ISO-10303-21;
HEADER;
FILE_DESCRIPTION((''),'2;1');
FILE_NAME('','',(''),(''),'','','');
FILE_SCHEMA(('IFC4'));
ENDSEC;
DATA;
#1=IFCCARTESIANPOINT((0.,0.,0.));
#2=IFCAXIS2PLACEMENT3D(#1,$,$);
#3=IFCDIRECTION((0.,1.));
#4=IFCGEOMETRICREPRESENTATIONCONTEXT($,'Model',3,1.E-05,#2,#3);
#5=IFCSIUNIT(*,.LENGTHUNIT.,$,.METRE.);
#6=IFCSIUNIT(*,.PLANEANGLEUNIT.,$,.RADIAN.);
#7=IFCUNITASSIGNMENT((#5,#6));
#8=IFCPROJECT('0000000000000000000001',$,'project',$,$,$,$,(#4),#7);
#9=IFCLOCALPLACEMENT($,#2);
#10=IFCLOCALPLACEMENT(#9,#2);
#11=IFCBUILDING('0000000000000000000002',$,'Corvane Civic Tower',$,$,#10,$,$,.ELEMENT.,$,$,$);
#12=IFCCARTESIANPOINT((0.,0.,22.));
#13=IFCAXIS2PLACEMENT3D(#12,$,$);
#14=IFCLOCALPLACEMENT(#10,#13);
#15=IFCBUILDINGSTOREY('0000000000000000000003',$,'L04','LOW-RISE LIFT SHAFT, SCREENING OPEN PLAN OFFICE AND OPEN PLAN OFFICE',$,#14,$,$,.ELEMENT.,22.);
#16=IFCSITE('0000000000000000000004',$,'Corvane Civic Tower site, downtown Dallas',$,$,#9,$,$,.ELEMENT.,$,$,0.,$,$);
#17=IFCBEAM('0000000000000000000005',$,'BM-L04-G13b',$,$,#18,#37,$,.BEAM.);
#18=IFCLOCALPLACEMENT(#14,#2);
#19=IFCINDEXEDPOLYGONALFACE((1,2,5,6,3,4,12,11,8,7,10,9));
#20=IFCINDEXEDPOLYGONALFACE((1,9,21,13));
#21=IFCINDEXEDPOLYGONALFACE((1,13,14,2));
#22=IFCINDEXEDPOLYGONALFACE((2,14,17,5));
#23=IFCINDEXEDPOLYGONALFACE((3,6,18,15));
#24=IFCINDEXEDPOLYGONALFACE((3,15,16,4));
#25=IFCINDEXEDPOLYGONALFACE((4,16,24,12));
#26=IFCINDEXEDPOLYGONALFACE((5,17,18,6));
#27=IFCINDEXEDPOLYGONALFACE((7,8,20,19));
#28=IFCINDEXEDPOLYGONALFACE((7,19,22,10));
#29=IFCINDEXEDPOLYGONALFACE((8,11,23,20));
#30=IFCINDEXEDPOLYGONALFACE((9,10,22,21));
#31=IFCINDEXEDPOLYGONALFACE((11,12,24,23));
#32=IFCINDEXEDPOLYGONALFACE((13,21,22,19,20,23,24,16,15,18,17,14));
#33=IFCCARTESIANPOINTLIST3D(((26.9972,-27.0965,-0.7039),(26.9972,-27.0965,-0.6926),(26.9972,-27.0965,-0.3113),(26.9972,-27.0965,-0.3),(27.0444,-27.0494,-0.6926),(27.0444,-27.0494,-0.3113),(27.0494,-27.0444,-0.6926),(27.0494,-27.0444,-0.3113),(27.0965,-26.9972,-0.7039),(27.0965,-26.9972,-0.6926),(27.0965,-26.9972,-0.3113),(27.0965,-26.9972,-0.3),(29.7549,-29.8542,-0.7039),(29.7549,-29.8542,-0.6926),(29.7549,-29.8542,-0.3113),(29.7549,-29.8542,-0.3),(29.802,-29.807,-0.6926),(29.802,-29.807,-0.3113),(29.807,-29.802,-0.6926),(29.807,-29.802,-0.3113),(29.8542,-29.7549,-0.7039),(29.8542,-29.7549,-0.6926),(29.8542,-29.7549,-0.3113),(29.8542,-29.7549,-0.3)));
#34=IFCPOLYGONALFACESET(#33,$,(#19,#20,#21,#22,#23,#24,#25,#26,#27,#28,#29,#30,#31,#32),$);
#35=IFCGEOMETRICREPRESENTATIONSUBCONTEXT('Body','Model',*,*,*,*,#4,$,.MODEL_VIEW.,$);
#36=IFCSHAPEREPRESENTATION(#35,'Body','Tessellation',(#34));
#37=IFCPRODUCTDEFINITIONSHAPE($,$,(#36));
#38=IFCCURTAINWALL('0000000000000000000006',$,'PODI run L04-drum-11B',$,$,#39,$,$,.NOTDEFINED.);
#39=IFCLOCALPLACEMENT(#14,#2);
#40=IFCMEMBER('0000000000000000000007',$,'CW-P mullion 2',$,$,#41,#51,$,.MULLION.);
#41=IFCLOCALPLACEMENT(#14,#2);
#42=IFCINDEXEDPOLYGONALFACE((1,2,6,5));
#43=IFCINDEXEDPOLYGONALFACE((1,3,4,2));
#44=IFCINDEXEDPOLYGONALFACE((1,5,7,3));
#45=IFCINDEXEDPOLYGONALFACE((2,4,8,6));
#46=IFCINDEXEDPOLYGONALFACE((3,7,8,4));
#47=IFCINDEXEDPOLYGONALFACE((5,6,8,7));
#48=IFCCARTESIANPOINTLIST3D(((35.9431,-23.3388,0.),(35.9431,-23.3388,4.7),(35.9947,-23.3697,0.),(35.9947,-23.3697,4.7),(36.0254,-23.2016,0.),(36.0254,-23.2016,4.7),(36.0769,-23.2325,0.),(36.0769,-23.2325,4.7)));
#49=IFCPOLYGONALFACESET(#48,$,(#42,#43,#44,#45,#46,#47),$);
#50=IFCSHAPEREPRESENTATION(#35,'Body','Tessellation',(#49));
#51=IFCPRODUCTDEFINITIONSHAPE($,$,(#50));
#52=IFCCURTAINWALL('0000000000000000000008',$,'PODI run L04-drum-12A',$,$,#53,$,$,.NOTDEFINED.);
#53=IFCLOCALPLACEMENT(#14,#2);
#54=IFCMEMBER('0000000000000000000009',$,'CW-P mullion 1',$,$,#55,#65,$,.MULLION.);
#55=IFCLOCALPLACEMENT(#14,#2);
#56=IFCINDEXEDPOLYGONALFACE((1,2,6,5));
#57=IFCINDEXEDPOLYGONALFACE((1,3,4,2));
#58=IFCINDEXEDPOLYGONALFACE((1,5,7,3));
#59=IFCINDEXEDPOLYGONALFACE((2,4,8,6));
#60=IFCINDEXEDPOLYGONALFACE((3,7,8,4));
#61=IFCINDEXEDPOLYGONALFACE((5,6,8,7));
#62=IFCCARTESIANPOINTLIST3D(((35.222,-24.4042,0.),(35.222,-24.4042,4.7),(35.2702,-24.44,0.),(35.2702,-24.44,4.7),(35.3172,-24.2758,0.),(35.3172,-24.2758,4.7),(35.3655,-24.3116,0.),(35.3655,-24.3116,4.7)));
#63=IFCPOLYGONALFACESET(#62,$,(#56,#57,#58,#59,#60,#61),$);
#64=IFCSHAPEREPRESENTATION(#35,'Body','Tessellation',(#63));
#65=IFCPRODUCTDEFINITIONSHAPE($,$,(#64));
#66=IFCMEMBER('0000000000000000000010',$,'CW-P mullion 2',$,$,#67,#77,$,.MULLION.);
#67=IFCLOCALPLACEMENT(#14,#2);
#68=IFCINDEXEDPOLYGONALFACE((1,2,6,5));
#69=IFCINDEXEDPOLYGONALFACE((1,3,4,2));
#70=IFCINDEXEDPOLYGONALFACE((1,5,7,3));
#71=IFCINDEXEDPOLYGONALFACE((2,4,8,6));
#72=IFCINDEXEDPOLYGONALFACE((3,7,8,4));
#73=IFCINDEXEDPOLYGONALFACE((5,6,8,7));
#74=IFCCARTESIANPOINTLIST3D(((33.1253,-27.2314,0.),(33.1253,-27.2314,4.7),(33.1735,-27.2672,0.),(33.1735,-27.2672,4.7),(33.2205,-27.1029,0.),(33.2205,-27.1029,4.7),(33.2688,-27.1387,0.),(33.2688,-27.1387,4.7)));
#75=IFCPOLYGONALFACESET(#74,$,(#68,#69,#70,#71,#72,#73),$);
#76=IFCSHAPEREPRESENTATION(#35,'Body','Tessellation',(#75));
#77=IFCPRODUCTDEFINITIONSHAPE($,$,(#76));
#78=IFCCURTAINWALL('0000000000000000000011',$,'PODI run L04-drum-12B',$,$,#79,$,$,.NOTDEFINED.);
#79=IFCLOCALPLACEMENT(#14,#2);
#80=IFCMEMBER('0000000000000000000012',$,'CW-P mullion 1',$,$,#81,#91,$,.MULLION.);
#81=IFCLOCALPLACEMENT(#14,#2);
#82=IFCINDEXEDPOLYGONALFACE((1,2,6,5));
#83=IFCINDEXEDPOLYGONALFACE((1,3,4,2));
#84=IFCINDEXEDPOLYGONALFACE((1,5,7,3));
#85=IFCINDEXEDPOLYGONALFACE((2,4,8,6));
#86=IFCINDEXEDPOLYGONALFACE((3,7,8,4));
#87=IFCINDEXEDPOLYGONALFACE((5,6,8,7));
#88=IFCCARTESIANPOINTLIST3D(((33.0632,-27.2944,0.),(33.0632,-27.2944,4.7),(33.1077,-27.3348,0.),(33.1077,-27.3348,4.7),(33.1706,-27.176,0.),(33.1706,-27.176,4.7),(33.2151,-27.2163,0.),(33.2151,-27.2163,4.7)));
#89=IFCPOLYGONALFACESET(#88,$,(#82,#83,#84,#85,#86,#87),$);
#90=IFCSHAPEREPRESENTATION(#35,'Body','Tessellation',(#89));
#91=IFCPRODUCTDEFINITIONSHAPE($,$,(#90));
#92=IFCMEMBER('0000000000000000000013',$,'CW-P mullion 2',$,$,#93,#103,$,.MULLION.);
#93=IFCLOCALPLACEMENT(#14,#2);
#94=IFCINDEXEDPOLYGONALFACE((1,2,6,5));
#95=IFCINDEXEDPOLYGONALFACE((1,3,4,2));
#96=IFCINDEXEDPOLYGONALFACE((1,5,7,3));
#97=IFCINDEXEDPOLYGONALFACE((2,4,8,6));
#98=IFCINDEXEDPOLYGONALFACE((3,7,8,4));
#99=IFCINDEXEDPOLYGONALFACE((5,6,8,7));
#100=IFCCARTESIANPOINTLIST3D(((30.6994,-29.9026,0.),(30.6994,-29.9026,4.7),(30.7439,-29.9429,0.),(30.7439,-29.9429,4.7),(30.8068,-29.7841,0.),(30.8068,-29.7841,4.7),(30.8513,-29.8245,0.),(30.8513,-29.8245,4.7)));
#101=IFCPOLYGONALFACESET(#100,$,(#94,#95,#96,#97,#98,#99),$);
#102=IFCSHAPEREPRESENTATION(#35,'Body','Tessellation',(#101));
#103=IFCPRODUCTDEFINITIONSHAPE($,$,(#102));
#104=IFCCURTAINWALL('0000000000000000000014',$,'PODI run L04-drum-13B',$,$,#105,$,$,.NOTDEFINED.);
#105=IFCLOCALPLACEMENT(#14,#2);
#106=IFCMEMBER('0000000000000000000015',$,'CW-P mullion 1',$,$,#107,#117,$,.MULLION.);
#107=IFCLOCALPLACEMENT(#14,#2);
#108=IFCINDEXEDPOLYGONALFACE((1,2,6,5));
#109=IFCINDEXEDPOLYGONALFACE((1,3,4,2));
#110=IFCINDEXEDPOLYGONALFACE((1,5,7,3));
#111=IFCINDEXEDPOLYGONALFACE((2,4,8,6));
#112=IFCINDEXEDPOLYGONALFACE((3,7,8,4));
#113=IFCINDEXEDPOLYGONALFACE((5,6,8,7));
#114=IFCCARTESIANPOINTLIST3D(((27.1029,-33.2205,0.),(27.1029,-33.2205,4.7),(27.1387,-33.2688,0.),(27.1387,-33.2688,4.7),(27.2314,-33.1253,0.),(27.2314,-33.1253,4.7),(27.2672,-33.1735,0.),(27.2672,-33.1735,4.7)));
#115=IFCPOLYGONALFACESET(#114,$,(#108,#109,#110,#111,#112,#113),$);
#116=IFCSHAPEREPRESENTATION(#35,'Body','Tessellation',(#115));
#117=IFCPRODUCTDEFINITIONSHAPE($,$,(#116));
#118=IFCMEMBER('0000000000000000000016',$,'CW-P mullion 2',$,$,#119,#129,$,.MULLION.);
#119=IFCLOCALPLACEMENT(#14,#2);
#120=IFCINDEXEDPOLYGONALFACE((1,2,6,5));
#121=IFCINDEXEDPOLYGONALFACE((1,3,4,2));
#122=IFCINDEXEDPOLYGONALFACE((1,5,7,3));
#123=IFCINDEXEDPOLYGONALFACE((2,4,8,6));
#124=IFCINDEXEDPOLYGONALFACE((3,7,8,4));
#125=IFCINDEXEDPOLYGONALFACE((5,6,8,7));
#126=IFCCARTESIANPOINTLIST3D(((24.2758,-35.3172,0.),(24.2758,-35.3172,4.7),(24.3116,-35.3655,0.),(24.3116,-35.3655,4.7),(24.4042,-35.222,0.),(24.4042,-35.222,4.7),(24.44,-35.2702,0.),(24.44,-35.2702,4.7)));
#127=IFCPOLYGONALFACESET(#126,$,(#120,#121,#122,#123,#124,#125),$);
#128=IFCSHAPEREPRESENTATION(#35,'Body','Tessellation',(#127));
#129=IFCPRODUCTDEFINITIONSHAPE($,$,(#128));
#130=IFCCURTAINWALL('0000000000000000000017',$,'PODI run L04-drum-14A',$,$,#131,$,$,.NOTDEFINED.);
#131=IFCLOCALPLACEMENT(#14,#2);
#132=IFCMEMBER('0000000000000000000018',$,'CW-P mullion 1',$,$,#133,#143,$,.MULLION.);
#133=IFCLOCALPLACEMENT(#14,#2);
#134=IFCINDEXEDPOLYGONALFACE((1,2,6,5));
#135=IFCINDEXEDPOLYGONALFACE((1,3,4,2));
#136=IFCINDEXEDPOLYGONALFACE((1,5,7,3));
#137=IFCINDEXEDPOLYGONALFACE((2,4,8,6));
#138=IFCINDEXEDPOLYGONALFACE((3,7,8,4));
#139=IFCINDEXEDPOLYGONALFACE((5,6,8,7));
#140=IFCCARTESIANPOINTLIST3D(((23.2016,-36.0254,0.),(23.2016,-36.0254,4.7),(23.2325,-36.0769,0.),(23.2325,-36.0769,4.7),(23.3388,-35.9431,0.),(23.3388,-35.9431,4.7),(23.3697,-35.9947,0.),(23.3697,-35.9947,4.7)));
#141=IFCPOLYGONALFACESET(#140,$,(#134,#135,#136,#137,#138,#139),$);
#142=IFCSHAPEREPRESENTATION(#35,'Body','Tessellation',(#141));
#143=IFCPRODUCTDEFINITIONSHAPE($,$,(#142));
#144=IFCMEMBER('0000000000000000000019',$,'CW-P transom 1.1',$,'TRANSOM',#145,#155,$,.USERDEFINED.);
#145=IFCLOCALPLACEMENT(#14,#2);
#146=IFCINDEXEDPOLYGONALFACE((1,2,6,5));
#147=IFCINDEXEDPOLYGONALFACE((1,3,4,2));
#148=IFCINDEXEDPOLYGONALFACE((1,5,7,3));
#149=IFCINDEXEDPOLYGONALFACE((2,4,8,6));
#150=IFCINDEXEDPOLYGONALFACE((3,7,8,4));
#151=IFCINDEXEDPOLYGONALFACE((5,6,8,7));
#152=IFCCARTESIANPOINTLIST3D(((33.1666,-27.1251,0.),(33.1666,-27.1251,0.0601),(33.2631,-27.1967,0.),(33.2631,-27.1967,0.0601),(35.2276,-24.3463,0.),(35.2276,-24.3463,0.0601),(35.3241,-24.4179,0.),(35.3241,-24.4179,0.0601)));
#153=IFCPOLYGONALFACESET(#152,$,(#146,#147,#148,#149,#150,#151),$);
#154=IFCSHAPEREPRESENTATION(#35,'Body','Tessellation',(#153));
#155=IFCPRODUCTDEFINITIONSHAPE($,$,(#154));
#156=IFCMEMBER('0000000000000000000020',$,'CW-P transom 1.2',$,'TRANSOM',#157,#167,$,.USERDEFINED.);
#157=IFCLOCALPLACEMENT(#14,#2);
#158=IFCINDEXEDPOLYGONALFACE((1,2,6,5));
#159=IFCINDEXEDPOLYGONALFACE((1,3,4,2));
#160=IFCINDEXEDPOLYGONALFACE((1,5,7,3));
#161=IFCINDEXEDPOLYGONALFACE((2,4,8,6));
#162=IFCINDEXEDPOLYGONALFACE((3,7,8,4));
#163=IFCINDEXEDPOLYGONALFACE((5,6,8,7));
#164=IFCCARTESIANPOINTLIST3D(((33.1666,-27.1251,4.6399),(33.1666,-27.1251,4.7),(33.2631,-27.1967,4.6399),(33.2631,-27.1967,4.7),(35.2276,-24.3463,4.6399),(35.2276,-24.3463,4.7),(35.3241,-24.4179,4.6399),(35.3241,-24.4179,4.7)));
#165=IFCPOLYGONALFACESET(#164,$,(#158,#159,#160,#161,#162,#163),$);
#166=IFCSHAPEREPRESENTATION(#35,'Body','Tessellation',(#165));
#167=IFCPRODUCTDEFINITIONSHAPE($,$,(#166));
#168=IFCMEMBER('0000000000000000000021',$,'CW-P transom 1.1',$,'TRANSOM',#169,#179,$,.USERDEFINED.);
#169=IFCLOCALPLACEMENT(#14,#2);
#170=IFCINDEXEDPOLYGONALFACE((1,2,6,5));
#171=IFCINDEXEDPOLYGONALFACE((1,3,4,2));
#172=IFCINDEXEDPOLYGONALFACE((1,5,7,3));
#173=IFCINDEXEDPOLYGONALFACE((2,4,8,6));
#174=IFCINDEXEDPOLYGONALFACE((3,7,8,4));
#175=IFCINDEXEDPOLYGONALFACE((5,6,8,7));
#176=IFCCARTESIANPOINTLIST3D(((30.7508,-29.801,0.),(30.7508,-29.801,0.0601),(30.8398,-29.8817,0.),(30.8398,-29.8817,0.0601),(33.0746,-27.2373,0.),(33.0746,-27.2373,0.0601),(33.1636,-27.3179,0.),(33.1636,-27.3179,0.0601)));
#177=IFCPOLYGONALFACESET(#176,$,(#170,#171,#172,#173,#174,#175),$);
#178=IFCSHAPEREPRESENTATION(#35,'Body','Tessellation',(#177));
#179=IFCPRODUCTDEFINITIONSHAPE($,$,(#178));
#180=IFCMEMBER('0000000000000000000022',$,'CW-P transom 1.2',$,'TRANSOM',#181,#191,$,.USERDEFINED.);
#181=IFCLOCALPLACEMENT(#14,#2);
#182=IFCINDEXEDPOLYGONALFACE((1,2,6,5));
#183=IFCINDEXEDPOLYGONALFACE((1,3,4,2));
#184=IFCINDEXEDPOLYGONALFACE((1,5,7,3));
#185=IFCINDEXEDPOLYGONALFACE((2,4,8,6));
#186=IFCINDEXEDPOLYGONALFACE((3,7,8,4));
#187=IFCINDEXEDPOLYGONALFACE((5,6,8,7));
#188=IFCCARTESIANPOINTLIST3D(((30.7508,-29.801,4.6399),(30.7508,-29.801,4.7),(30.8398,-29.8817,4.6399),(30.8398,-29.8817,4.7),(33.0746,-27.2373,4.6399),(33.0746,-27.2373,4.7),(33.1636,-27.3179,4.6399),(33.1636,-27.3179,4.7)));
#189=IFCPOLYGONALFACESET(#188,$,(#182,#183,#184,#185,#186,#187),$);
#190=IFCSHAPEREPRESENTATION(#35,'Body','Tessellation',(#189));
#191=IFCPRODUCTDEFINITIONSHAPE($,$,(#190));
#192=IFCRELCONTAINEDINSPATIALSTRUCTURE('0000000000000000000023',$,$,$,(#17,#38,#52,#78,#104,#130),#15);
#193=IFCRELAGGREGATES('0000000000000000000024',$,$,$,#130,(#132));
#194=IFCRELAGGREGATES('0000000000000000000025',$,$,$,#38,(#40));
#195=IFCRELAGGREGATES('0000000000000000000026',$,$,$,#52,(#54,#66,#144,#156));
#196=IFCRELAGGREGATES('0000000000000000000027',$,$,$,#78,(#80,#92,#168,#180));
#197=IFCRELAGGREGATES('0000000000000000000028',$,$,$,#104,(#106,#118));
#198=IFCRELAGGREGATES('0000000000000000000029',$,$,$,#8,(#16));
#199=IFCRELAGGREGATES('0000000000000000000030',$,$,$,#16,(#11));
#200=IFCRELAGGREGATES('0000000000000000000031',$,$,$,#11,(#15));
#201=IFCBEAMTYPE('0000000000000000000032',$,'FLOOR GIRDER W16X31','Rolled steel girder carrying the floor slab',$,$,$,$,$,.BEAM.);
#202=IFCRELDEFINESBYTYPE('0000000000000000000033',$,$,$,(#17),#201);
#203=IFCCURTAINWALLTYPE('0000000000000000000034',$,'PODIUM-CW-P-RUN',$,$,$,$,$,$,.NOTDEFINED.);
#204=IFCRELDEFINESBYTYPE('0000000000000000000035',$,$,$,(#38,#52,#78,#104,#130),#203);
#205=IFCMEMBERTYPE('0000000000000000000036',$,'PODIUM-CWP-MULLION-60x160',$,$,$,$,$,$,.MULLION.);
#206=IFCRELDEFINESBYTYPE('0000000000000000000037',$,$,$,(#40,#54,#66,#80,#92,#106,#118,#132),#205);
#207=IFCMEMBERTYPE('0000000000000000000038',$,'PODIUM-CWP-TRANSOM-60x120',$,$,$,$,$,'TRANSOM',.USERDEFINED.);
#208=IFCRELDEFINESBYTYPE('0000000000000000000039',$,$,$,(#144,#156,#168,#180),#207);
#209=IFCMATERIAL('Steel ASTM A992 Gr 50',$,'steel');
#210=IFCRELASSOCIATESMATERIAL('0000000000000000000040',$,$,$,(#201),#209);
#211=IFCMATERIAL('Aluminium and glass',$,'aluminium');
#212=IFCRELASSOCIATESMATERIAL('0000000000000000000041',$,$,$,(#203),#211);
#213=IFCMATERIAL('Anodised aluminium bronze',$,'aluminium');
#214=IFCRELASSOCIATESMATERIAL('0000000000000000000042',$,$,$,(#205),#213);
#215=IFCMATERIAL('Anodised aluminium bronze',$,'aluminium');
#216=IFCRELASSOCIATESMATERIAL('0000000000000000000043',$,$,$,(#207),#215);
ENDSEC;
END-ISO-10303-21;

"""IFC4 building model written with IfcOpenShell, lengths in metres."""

from ifc_helpers import new_model, si_unit, direction, frame, origin, origin_2d, place, context, subcontext, project, spatial, rectangle, i_section, extrude, material, material_profile, profile_set, type_object, element, aggregate, save


model = new_model("IFC4")

# Units and contexts
model_context = context("Model", 3, precision=1e-05, world=origin(), true_north=direction((0.0, 1.0)))
body_context = subcontext(model_context, "Body", "Model", "MODEL_VIEW")
ifc_project = project(units=[si_unit("LENGTHUNIT", "METRE"), si_unit("PLANEANGLEUNIT", "RADIAN")], contexts=[model_context])

# Site, building, storey
site_placement = place(None, origin())
site = spatial("IfcSite", under=ifc_project, at=site_placement, Name="Corvane Civic Tower site, downtown Dallas", CompositionType="ELEMENT", RefElevation=0.0)
building_placement = place(site_placement, origin())
building = spatial("IfcBuilding", under=site, at=building_placement, Name="Corvane Civic Tower", CompositionType="ELEMENT")
storey_placement = place(building_placement, frame((0.0, 0.0, 22.0)))
storey = spatial("IfcBuildingStorey", under=building, at=storey_placement, Name="L04", Description="LOW-RISE LIFT SHAFT, SCREENING OPEN PLAN OFFICE AND OPEN PLAN OFFICE", CompositionType="ELEMENT", Elevation=22.0)

# Beam
ifc_material_1 = material(Name="Steel ASTM A992 Gr 50", Category="steel")
ifc_material_profile_1 = material_profile(ifc_material_1, i_section(OverallWidth=0.1404, OverallDepth=0.4038, WebThickness=0.0071, FlangeThickness=0.0112, at=origin_2d()), Name="W16X31")
ifc_profile_set_1 = profile_set([ifc_material_profile_1], Name="Steel ASTM A992 Gr 50")
beam_type_1 = type_object("IfcBeamType", Name="FLOOR GIRDER W16X31", Description="Rolled steel girder carrying the floor slab", PredefinedType="BEAM", material=ifc_profile_set_1)
for number, where, z_axis, x_axis, name in (
    (1, (27.0469, -27.0469, -0.502), (0.707107, -0.707107, 0.0), (0.707107, 0.707107, 0.0), "BM-L04-G13b"),
):
    element("IfcBeam", number, at=place(storey_placement, frame(where, z_axis=z_axis, x_axis=x_axis)), inside=storey, type_object=beam_type_1, Name=name, PredefinedType="BEAM", context=body_context, shape_type="SweptSolid", body=[
        extrude(i_section(OverallWidth=0.1404, OverallDepth=0.4038, WebThickness=0.0071, FlangeThickness=0.0112, at=origin_2d()), origin(), (0.0, 0.0, 1.0), 3.8999),
    ])

# Curtain wall, member
ifc_material_2 = material(Name="Aluminium and glass", Category="aluminium")
curtain_wall_type = type_object("IfcCurtainWallType", Name="PODIUM-CW-P-RUN", PredefinedType="NOTDEFINED", material=ifc_material_2)
curtain_wall_1_placement = place(storey_placement, origin())
curtain_wall_1 = element("IfcCurtainWall", 2, at=curtain_wall_1_placement, inside=storey, type_object=curtain_wall_type, Name="PODI run L04-drum-11B", PredefinedType="NOTDEFINED")
ifc_material_3 = material(Name="Anodised aluminium bronze", Category="aluminium")
ifc_material_profile_2 = material_profile(ifc_material_3, rectangle(XDim=0.0601, YDim=0.1599, at=origin_2d()), Name="AL 60x160")
ifc_profile_set_2 = profile_set([ifc_material_profile_2], Name="Anodised aluminium bronze")
member_type_1 = type_object("IfcMemberType", Name="PODIUM-CWP-MULLION-60x160", PredefinedType="MULLION", material=ifc_profile_set_2)
member_1_placement = place(storey_placement, frame((36.01, -23.2856, 0.0), z_axis=(0.0, 0.0, 1.0), x_axis=(0.85772, -0.514118, 0.0)))
member_1 = element("IfcMember", 3, at=member_1_placement, type_object=member_type_1, Name="CW-P mullion 2", PredefinedType="MULLION", context=body_context, shape_type="SweptSolid", body=[
    extrude(rectangle(XDim=0.0601, YDim=0.1599, at=origin_2d()), origin(), (0.0, 0.0, 1.0), 4.7),
])

# Curtain walls, members
curtain_wall_2_placement = place(storey_placement, origin())
curtain_wall_2 = element("IfcCurtainWall", 4, at=curtain_wall_2_placement, inside=storey, type_object=curtain_wall_type, Name="PODI run L04-drum-12A", PredefinedType="NOTDEFINED")
member_2_placement = place(storey_placement, frame((35.2937, -24.3579, 0.0), z_axis=(0.0, 0.0, 1.0), x_axis=(0.803203, -0.595705, 0.0)))
member_2 = element("IfcMember", 5, at=member_2_placement, type_object=member_type_1, Name="CW-P mullion 1", PredefinedType="MULLION", context=body_context, shape_type="SweptSolid", body=[
    extrude(rectangle(XDim=0.0601, YDim=0.1599, at=origin_2d()), origin(), (0.0, 0.0, 1.0), 4.7),
])
member_3_placement = place(storey_placement, frame((33.197, -27.1851, 0.0), z_axis=(0.0, 0.0, 1.0), x_axis=(0.803203, -0.595705, 0.0)))
member_3 = element("IfcMember", 6, at=member_3_placement, type_object=member_type_1, Name="CW-P mullion 2", PredefinedType="MULLION", context=body_context, shape_type="SweptSolid", body=[
    extrude(rectangle(XDim=0.0601, YDim=0.1599, at=origin_2d()), origin(), (0.0, 0.0, 1.0), 4.7),
])
curtain_wall_3_placement = place(storey_placement, origin())
curtain_wall_3 = element("IfcCurtainWall", 7, at=curtain_wall_3_placement, inside=storey, type_object=curtain_wall_type, Name="PODI run L04-drum-12B", PredefinedType="NOTDEFINED")
member_4_placement = place(storey_placement, frame((33.1392, -27.2554, 0.0), z_axis=(0.0, 0.0, 1.0), x_axis=(0.740935, -0.671576, 0.0)))
member_4 = element("IfcMember", 8, at=member_4_placement, type_object=member_type_1, Name="CW-P mullion 1", PredefinedType="MULLION", context=body_context, shape_type="SweptSolid", body=[
    extrude(rectangle(XDim=0.0601, YDim=0.1599, at=origin_2d()), origin(), (0.0, 0.0, 1.0), 4.7),
])
member_5_placement = place(storey_placement, frame((30.7754, -29.8635, 0.0), z_axis=(0.0, 0.0, 1.0), x_axis=(0.740935, -0.671576, 0.0)))
member_5 = element("IfcMember", 9, at=member_5_placement, type_object=member_type_1, Name="CW-P mullion 2", PredefinedType="MULLION", context=body_context, shape_type="SweptSolid", body=[
    extrude(rectangle(XDim=0.0601, YDim=0.1599, at=origin_2d()), origin(), (0.0, 0.0, 1.0), 4.7),
])
curtain_wall_4_placement = place(storey_placement, origin())
curtain_wall_4 = element("IfcCurtainWall", 10, at=curtain_wall_4_placement, inside=storey, type_object=curtain_wall_type, Name="PODI run L04-drum-13B", PredefinedType="NOTDEFINED")
member_6_placement = place(storey_placement, frame((27.1851, -33.197, 0.0), z_axis=(0.0, 0.0, 1.0), x_axis=(0.595705, -0.803203, 0.0)))
member_6 = element("IfcMember", 11, at=member_6_placement, type_object=member_type_1, Name="CW-P mullion 1", PredefinedType="MULLION", context=body_context, shape_type="SweptSolid", body=[
    extrude(rectangle(XDim=0.0601, YDim=0.1599, at=origin_2d()), origin(), (0.0, 0.0, 1.0), 4.7),
])
member_7_placement = place(storey_placement, frame((24.3579, -35.2937, 0.0), z_axis=(0.0, 0.0, 1.0), x_axis=(0.595705, -0.803203, 0.0)))
member_7 = element("IfcMember", 12, at=member_7_placement, type_object=member_type_1, Name="CW-P mullion 2", PredefinedType="MULLION", context=body_context, shape_type="SweptSolid", body=[
    extrude(rectangle(XDim=0.0601, YDim=0.1599, at=origin_2d()), origin(), (0.0, 0.0, 1.0), 4.7),
])

# Curtain wall, member
curtain_wall_5_placement = place(storey_placement, origin())
curtain_wall_5 = element("IfcCurtainWall", 13, at=curtain_wall_5_placement, inside=storey, type_object=curtain_wall_type, Name="PODI run L04-drum-14A", PredefinedType="NOTDEFINED")
member_8_placement = place(storey_placement, frame((23.2856, -36.01, 0.0), z_axis=(0.0, 0.0, 1.0), x_axis=(0.514118, -0.85772, 0.0)))
member_8 = element("IfcMember", 14, at=member_8_placement, type_object=member_type_1, Name="CW-P mullion 1", PredefinedType="MULLION", context=body_context, shape_type="SweptSolid", body=[
    extrude(rectangle(XDim=0.0601, YDim=0.1599, at=origin_2d()), origin(), (0.0, 0.0, 1.0), 4.7),
])

# Members
ifc_material_4 = material(Name="Anodised aluminium bronze", Category="aluminium")
ifc_material_profile_3 = material_profile(ifc_material_4, rectangle(XDim=0.1201, YDim=0.0601, at=origin_2d()), Name="AL 120x60")
ifc_profile_set_3 = profile_set([ifc_material_profile_3], Name="Anodised aluminium bronze")
member_type_2 = type_object("IfcMemberType", Name="PODIUM-CWP-TRANSOM-60x120", ElementType="TRANSOM", PredefinedType="USERDEFINED", material=ifc_profile_set_3)
member_9_placement = place(storey_placement, frame((35.2759, -24.3821, 0.03), z_axis=(-0.595724, -0.80319, 0.0), x_axis=(0.80319, -0.595724, 0.0)))
member_9 = element("IfcMember", 15, at=member_9_placement, type_object=member_type_2, Name="CW-P transom 1.1", ObjectType="TRANSOM", PredefinedType="USERDEFINED", context=body_context, shape_type="SweptSolid", body=[
    extrude(rectangle(XDim=0.1201, YDim=0.0601, at=origin_2d()), origin(), (0.0, 0.0, 1.0), 3.4597),
])
member_10_placement = place(storey_placement, frame((35.2759, -24.3821, 4.6699), z_axis=(-0.595724, -0.80319, 0.0), x_axis=(0.80319, -0.595724, 0.0)))
member_10 = element("IfcMember", 16, at=member_10_placement, type_object=member_type_2, Name="CW-P transom 1.2", ObjectType="TRANSOM", PredefinedType="USERDEFINED", context=body_context, shape_type="SweptSolid", body=[
    extrude(rectangle(XDim=0.1201, YDim=0.0601, at=origin_2d()), origin(), (0.0, 0.0, 1.0), 3.4597),
])
member_11_placement = place(storey_placement, frame((33.1191, -27.2776, 0.03), z_axis=(-0.671576, -0.740935, 0.0), x_axis=(0.740935, -0.671576, 0.0)))
member_11 = element("IfcMember", 17, at=member_11_placement, type_object=member_type_2, Name="CW-P transom 1.1", ObjectType="TRANSOM", PredefinedType="USERDEFINED", context=body_context, shape_type="SweptSolid", body=[
    extrude(rectangle(XDim=0.1201, YDim=0.0601, at=origin_2d()), origin(), (0.0, 0.0, 1.0), 3.4602),
])
member_12_placement = place(storey_placement, frame((33.1191, -27.2776, 4.6699), z_axis=(-0.671576, -0.740935, 0.0), x_axis=(0.740935, -0.671576, 0.0)))
member_12 = element("IfcMember", 18, at=member_12_placement, type_object=member_type_2, Name="CW-P transom 1.2", ObjectType="TRANSOM", PredefinedType="USERDEFINED", context=body_context, shape_type="SweptSolid", body=[
    extrude(rectangle(XDim=0.1201, YDim=0.0601, at=origin_2d()), origin(), (0.0, 0.0, 1.0), 3.4602),
])
aggregate(curtain_wall_5, [member_8])

aggregate(curtain_wall_1, [member_1])
aggregate(curtain_wall_2, [member_2, member_3, member_9, member_10])
aggregate(curtain_wall_3, [member_4, member_5, member_11, member_12])
aggregate(curtain_wall_4, [member_6, member_7])

save(model, "model.ifc")
